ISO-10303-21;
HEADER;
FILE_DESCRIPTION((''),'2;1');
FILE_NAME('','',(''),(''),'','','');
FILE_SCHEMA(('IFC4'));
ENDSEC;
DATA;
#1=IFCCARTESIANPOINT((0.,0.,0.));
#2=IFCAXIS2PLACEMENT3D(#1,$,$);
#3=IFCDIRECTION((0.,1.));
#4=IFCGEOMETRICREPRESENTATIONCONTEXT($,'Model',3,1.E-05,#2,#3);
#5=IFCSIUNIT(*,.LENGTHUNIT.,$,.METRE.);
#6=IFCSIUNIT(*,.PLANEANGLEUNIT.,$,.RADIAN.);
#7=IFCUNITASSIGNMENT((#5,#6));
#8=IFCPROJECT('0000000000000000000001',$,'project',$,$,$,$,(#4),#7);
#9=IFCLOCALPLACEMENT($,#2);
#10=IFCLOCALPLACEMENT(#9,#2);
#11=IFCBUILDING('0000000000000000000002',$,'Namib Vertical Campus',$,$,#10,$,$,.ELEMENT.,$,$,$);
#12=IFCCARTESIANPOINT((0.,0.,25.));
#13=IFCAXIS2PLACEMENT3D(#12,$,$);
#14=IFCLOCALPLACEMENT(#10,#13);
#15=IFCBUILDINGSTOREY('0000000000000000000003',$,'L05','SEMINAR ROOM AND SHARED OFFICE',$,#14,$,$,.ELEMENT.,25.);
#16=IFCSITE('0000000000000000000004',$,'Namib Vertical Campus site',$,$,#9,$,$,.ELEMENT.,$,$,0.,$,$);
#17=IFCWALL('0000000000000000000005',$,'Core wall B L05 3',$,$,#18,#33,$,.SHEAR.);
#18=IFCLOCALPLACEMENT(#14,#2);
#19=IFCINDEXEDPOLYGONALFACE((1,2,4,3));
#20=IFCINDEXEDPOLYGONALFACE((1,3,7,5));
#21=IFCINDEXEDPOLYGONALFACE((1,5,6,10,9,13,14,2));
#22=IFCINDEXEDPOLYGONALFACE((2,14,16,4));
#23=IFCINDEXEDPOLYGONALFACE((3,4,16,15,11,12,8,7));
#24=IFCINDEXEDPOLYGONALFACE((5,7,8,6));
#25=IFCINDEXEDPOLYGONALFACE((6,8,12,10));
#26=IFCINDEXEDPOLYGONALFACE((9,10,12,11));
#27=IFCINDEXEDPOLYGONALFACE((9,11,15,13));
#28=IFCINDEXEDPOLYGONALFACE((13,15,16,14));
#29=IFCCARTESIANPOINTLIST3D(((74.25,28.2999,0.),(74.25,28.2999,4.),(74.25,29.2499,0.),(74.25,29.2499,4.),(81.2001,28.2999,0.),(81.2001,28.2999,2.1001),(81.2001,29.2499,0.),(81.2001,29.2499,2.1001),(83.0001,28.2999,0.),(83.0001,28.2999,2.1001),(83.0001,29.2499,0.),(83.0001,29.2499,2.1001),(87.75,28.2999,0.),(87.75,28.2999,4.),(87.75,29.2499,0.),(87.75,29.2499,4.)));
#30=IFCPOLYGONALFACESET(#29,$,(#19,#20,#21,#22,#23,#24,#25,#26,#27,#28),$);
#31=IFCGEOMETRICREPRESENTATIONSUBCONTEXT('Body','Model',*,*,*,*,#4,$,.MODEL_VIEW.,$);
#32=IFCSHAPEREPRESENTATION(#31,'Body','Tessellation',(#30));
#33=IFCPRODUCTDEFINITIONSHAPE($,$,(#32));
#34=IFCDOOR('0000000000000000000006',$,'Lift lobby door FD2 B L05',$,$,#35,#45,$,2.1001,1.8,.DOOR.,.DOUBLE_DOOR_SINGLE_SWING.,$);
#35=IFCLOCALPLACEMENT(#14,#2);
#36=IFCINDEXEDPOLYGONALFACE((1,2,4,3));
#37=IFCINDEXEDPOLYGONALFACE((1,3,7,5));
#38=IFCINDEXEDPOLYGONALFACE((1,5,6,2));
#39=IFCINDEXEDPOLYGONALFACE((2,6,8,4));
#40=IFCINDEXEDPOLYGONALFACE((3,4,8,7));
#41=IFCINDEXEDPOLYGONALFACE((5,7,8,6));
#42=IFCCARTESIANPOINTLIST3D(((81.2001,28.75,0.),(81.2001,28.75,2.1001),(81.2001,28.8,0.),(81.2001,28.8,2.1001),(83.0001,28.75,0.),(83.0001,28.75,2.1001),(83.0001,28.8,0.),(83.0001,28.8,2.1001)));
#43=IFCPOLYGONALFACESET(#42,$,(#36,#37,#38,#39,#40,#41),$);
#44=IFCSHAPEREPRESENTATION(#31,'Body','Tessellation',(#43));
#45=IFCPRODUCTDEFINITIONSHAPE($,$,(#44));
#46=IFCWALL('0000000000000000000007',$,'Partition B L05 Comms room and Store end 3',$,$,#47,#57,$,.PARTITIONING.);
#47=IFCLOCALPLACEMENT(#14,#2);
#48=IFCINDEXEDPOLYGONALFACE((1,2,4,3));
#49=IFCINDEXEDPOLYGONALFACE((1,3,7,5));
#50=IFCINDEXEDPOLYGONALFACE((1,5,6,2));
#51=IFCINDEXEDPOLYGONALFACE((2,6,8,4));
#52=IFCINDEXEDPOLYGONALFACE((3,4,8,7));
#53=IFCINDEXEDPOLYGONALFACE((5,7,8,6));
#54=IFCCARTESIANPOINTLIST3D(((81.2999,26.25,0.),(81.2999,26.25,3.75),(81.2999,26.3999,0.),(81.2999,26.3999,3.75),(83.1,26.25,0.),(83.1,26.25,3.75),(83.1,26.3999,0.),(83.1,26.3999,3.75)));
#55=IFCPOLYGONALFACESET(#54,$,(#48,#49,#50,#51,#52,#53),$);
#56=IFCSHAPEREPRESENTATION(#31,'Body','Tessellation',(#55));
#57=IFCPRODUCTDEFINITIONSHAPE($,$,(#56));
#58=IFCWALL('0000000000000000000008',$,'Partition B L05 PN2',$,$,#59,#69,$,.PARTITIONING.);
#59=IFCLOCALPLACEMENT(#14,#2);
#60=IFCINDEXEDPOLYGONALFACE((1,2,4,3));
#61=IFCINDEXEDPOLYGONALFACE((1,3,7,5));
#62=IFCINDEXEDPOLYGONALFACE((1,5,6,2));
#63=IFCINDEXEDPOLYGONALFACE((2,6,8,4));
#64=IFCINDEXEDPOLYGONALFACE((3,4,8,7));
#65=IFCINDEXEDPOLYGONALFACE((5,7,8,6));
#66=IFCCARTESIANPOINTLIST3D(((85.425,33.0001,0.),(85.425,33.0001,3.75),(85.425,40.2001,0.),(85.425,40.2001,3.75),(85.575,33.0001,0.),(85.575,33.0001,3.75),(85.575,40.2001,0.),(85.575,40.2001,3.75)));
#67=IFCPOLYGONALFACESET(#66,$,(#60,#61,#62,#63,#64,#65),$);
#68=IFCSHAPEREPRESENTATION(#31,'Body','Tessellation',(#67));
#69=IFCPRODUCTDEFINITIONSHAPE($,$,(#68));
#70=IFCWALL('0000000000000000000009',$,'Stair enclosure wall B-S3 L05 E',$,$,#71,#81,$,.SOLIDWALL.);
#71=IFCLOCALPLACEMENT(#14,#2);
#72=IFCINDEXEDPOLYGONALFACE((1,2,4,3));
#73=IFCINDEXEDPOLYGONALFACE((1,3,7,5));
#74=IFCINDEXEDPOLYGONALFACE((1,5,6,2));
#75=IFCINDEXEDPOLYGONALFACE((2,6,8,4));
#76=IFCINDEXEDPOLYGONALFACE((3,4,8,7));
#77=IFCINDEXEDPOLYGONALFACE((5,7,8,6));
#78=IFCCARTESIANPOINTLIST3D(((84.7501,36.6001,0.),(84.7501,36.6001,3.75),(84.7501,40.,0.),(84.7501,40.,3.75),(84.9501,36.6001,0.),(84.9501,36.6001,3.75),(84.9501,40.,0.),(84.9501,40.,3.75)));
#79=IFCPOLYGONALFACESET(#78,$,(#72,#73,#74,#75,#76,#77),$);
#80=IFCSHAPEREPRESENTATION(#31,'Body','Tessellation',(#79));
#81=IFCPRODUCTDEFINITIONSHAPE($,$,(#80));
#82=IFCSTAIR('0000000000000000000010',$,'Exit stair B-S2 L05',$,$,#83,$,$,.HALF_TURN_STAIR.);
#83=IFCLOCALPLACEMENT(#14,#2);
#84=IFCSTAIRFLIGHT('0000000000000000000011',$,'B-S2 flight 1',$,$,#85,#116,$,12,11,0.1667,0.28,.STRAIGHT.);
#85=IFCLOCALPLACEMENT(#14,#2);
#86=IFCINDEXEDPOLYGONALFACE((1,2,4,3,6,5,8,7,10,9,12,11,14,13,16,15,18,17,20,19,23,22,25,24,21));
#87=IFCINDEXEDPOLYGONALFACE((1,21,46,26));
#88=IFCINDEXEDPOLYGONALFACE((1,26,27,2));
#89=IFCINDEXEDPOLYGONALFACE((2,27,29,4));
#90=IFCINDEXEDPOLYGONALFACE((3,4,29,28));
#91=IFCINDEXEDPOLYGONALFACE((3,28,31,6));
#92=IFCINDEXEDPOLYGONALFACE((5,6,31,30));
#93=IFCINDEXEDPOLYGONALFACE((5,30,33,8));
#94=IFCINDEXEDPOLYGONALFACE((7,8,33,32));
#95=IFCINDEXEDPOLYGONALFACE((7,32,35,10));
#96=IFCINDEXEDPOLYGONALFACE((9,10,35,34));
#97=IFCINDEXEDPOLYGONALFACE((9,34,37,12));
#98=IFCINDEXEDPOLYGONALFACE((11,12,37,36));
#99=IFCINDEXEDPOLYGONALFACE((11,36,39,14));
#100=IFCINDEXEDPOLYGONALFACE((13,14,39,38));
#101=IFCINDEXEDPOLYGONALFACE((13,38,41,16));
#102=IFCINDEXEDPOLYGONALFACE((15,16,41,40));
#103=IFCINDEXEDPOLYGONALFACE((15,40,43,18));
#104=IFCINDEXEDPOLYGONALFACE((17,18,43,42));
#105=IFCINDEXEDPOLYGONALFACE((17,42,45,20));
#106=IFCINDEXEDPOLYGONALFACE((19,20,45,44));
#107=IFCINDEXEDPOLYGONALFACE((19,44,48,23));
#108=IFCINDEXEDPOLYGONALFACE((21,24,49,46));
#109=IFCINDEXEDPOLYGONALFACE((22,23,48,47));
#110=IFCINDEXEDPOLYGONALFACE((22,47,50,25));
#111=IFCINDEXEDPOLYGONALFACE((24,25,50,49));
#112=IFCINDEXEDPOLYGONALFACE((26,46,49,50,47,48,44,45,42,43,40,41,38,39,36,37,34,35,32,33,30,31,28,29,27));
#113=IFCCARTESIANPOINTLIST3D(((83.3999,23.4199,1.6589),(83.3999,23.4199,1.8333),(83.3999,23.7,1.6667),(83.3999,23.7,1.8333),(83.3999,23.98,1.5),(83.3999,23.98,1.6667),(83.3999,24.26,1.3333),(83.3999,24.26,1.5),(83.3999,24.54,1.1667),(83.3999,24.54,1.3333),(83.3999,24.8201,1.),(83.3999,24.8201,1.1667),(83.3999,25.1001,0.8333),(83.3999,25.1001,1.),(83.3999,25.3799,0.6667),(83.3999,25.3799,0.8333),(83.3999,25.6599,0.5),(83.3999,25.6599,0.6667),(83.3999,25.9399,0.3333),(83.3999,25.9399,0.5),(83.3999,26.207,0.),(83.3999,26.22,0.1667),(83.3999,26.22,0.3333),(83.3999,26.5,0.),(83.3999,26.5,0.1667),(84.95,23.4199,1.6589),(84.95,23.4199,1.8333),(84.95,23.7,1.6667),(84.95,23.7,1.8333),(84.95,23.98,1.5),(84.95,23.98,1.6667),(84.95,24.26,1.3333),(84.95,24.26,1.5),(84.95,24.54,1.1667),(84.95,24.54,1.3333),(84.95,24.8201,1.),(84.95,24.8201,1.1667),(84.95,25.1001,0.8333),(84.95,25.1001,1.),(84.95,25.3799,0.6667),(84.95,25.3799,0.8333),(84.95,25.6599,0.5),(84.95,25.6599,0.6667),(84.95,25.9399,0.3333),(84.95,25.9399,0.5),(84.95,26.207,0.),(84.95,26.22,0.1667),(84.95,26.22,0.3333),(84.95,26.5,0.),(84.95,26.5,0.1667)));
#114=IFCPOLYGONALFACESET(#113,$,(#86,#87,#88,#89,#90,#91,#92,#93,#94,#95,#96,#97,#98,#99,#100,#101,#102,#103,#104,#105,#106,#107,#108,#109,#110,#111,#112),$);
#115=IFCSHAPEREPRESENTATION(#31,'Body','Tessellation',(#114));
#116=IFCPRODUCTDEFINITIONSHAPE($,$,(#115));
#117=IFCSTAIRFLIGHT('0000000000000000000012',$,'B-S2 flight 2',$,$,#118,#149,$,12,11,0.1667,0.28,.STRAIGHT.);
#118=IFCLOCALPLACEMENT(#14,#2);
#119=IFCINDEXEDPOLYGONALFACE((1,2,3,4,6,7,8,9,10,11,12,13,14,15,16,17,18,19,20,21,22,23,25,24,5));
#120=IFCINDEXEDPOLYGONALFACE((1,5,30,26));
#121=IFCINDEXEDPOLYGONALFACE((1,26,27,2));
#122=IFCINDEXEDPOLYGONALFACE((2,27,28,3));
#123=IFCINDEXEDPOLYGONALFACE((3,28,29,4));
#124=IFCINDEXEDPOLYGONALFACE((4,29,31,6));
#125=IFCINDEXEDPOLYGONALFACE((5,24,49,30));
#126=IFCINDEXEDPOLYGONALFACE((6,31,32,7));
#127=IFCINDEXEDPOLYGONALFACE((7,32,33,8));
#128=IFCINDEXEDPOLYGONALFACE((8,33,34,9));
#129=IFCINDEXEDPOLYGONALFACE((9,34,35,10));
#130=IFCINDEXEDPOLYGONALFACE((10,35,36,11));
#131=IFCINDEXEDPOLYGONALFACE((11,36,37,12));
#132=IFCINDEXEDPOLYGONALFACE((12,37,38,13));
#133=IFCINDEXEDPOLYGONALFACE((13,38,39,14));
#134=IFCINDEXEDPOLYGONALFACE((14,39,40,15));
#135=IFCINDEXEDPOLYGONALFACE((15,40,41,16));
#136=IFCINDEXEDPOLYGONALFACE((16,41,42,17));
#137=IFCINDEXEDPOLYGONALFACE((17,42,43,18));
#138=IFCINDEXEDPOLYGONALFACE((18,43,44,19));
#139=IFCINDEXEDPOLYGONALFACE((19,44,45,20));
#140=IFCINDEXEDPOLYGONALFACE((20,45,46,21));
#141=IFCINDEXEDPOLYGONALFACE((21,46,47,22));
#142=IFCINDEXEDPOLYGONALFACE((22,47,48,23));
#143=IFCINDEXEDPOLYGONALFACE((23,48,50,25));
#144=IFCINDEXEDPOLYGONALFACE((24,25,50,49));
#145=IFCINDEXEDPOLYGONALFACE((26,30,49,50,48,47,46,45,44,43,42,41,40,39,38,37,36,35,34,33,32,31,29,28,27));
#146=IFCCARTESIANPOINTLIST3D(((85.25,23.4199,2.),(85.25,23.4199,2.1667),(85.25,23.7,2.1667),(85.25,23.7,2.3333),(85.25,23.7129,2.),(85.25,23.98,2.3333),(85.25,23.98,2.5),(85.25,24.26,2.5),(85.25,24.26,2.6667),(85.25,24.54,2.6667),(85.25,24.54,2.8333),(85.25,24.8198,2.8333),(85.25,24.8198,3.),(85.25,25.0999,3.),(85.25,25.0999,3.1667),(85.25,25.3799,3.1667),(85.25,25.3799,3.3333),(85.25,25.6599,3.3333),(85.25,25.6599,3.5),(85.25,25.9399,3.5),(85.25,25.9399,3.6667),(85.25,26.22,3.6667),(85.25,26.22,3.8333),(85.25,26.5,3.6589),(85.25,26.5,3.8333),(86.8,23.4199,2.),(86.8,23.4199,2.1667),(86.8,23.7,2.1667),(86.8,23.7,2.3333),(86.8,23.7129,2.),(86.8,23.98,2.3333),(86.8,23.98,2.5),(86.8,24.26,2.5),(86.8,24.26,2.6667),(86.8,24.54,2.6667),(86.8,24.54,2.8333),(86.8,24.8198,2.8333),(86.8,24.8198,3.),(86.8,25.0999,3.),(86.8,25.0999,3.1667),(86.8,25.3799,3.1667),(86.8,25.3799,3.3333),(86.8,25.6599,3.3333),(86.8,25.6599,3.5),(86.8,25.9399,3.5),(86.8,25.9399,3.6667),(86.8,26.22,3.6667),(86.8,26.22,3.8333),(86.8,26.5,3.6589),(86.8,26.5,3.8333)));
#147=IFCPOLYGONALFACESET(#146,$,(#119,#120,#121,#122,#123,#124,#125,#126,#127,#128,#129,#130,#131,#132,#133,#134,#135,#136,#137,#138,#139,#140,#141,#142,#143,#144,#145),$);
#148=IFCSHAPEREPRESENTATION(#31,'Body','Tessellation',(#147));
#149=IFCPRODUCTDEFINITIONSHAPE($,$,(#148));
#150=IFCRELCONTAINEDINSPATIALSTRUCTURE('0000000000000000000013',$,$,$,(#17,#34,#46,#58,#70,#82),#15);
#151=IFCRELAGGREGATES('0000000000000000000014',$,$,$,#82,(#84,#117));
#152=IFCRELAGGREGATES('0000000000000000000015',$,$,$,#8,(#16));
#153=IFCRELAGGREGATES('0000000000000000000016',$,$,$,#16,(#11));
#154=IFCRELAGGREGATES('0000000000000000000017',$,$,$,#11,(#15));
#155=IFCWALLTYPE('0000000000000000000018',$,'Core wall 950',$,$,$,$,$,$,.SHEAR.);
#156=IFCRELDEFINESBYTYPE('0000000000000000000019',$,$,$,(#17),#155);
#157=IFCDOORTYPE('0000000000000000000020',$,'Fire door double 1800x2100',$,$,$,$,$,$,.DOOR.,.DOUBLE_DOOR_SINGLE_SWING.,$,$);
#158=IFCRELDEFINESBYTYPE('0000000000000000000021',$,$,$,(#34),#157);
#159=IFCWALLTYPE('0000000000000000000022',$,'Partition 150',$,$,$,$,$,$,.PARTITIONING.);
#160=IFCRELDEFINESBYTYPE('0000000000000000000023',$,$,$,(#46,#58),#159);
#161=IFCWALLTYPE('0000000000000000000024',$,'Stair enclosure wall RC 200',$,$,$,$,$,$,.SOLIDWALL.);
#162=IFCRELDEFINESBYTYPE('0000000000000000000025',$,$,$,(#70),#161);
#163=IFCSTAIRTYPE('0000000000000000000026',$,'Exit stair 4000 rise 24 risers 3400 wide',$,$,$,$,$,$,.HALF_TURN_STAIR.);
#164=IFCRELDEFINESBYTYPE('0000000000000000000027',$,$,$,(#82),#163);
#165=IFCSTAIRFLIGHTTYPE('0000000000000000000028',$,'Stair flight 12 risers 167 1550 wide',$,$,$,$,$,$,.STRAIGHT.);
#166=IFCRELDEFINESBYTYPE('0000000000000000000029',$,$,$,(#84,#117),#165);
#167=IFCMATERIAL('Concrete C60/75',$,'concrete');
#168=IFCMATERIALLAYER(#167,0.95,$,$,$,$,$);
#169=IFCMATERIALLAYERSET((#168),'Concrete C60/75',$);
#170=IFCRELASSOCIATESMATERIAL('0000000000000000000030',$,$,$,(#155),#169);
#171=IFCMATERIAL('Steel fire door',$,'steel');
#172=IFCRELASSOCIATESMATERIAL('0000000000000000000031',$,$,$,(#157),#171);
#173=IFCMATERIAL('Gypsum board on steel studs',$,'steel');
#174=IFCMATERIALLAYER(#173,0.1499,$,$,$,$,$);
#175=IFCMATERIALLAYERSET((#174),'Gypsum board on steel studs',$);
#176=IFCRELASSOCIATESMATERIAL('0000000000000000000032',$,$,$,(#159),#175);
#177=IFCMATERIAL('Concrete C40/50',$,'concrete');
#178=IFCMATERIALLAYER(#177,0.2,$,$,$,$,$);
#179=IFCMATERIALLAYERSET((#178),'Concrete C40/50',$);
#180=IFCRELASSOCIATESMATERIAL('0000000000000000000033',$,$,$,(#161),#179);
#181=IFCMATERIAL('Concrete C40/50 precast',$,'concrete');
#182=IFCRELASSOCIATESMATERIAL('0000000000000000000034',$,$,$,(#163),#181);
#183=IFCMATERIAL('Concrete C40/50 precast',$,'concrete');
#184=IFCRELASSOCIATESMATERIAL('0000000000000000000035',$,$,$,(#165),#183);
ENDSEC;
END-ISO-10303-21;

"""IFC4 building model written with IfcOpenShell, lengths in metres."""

from ifc_helpers import new_model, si_unit, direction, frame, frame_2d, origin, place, context, subcontext, project, spatial, polyline, rectangle, outline, extrude, material, layer, layer_set, type_object, element, fill, aggregate, save


model = new_model("IFC4")

# Units and contexts
model_context = context("Model", 3, precision=1e-05, world=origin(), true_north=direction((0.0, 1.0)))
body_context = subcontext(model_context, "Body", "Model", "MODEL_VIEW")
ifc_project = project(units=[si_unit("LENGTHUNIT", "METRE"), si_unit("PLANEANGLEUNIT", "RADIAN")], contexts=[model_context])

# Site, building, storey
site_placement = place(None, origin())
site = spatial("IfcSite", under=ifc_project, at=site_placement, Name="Namib Vertical Campus site", CompositionType="ELEMENT", RefElevation=0.0)
building_placement = place(site_placement, origin())
building = spatial("IfcBuilding", under=site, at=building_placement, Name="Namib Vertical Campus", CompositionType="ELEMENT")
storey_placement = place(building_placement, frame((0.0, 0.0, 25.0)))
storey = spatial("IfcBuildingStorey", under=building, at=storey_placement, Name="L05", Description="SEMINAR ROOM AND SHARED OFFICE", CompositionType="ELEMENT", Elevation=25.0)

# Wall, opening, door
ifc_material_1 = material(Name="Concrete C60/75", Category="concrete")
ifc_layer_1 = layer(ifc_material_1, 0.95)
ifc_layer_set_1 = layer_set([ifc_layer_1], Name="Concrete C60/75")
wall_type_1 = type_object("IfcWallType", Name="Core wall 950", PredefinedType="SHEAR", material=ifc_layer_set_1)
wall_1_placement = place(storey_placement, frame((87.75, 28.7749, 0.0), z_axis=(0.0, 0.0, 1.0), x_axis=(-1.0, 0.0, 0.0)))
wall_1 = element("IfcWall", 1, at=wall_1_placement, inside=storey, type_object=wall_type_1, Name="Core wall B L05 3", PredefinedType="SHEAR", context=body_context, shape_type="SweptSolid", body=[
    extrude(rectangle(XDim=13.5, YDim=0.95, at=frame_2d((6.75, 0.0))), origin(), (0.0, 0.0, 1.0), 4.0),
])
opening_placement = place(wall_1_placement, frame((4.75, 0.0, 0.0)))
opening = element("IfcOpeningElement", 2, at=opening_placement, cuts=wall_1, PredefinedType="OPENING", context=body_context, shape_type="SweptSolid", body=[
    extrude(rectangle(XDim=1.8, YDim=2.1001, at=frame_2d((0.8999, 1.05))), frame((0.0, 0.4849, 0.0), z_axis=(0.0, -1.0, 0.0), x_axis=(1.0, 0.0, 0.0)), (0.0, 0.0, 1.0), 0.97),
])
ifc_material_2 = material(Name="Steel fire door", Category="steel")
door_type = type_object("IfcDoorType", Name="Fire door double 1800x2100", OperationType="DOUBLE_DOOR_SINGLE_SWING", PredefinedType="DOOR", material=ifc_material_2)
door_placement = place(opening_placement, origin())
door = element("IfcDoor", 3, at=door_placement, inside=storey, type_object=door_type, Name="Lift lobby door FD2 B L05", OperationType="DOUBLE_DOOR_SINGLE_SWING", OverallHeight=2.1001, OverallWidth=1.8, PredefinedType="DOOR", context=body_context, shape_type="SweptSolid", body=[
    extrude(rectangle(XDim=1.8, YDim=2.1001, at=frame_2d((0.8999, 1.05))), frame((0.0, 0.0249, 0.0), z_axis=(0.0, -1.0, 0.0), x_axis=(1.0, 0.0, 0.0)), (0.0, 0.0, 1.0), 0.05),
])
fill(opening, door)

# Walls
ifc_material_3 = material(Name="Gypsum board on steel studs", Category="steel")
ifc_layer_2 = layer(ifc_material_3, 0.1499)
ifc_layer_set_2 = layer_set([ifc_layer_2], Name="Gypsum board on steel studs")
wall_type_2 = type_object("IfcWallType", Name="Partition 150", PredefinedType="PARTITIONING", material=ifc_layer_set_2)
wall_2_placement = place(storey_placement, frame((81.3, 26.325, 0.0), z_axis=(0.0, 0.0, 1.0), x_axis=(1.0, 0.0, 0.0)))
element("IfcWall", 4, at=wall_2_placement, inside=storey, type_object=wall_type_2, Name="Partition B L05 Comms room and Store end 3", PredefinedType="PARTITIONING", context=body_context, shape_type="SweptSolid", body=[
    extrude(rectangle(XDim=1.8, YDim=0.1499, at=frame_2d((0.8999, 0.0))), origin(), (0.0, 0.0, 1.0), 3.75),
])
wall_3_placement = place(storey_placement, frame((85.5, 33.0, 0.0), z_axis=(0.0, 0.0, 1.0), x_axis=(0.0, 1.0, 0.0)))
element("IfcWall", 5, at=wall_3_placement, inside=storey, type_object=wall_type_2, Name="Partition B L05 PN2", PredefinedType="PARTITIONING", context=body_context, shape_type="SweptSolid", body=[
    extrude(rectangle(XDim=7.2, YDim=0.1499, at=frame_2d((3.6001, 0.0))), origin(), (0.0, 0.0, 1.0), 3.75),
])
ifc_material_4 = material(Name="Concrete C40/50", Category="concrete")
ifc_layer_3 = layer(ifc_material_4, 0.2)
ifc_layer_set_3 = layer_set([ifc_layer_3], Name="Concrete C40/50")
wall_type_3 = type_object("IfcWallType", Name="Stair enclosure wall RC 200", PredefinedType="SOLIDWALL", material=ifc_layer_set_3)
wall_4_placement = place(storey_placement, frame((84.8501, 36.6001, 0.0), z_axis=(0.0, 0.0, 1.0), x_axis=(0.0, 1.0, 0.0)))
element("IfcWall", 6, at=wall_4_placement, inside=storey, type_object=wall_type_3, Name="Stair enclosure wall B-S3 L05 E", PredefinedType="SOLIDWALL", context=body_context, shape_type="SweptSolid", body=[
    extrude(rectangle(XDim=3.3999, YDim=0.2, at=frame_2d((1.7, 0.0))), origin(), (0.0, 0.0, 1.0), 3.75),
])

# Stair, stair flights
ifc_material_5 = material(Name="Concrete C40/50 precast", Category="concrete")
stair_type = type_object("IfcStairType", Name="Exit stair 4000 rise 24 risers 3400 wide", PredefinedType="HALF_TURN_STAIR", material=ifc_material_5)
stair_1_placement = place(storey_placement, origin())
stair_1 = element("IfcStair", 7, at=stair_1_placement, inside=storey, type_object=stair_type, Name="Exit stair B-S2 L05", PredefinedType="HALF_TURN_STAIR")
ifc_material_6 = material(Name="Concrete C40/50 precast", Category="concrete")
stair_flight_type = type_object("IfcStairFlightType", Name="Stair flight 12 risers 167 1550 wide", PredefinedType="STRAIGHT", material=ifc_material_6)
stair_flight_1_placement = place(storey_placement, frame((84.175, 26.5, 0.0), z_axis=(0.0, 0.0, 1.0), x_axis=(0.0, -1.0, 0.0)))
stair_flight_1 = element("IfcStairFlight", 8, at=stair_flight_1_placement, type_object=stair_flight_type, Name="B-S2 flight 1", NumberOfRisers=12, NumberOfTreads=11, PredefinedType="STRAIGHT", RiserHeight=0.1667, TreadLength=0.28, context=body_context, shape_type="SweptSolid", body=[
    extrude(outline(polyline([(0.0, 0.0), (0.0, 0.1667), (0.28, 0.1667), (0.28, 0.3333), (0.5601, 0.3333), (0.5601, 0.5), (0.8401, 0.5), (0.8401, 0.6667), (1.1201, 0.6667), (1.1201, 0.8333), (1.3999, 0.8333), (1.3999, 1.0), (1.6799, 1.0), (1.6799, 1.1667), (1.96, 1.1667), (1.96, 1.3333), (2.24, 1.3333), (2.24, 1.5), (2.52, 1.5), (2.52, 1.6667), (2.8, 1.6667), (2.8, 1.8333), (3.0801, 1.8333), (3.0801, 2.0), (3.0801, 1.6589), (0.293, 0.0), (0.0, 0.0)])), frame((0.0, 0.7749, 0.0), z_axis=(0.0, -1.0, 0.0), x_axis=(1.0, 0.0, 0.0)), (0.0, 0.0, 1.0), 1.55),
])
stair_flight_2_placement = place(storey_placement, frame((86.0249, 23.4199, 2.0), z_axis=(0.0, 0.0, 1.0), x_axis=(0.0, 1.0, 0.0)))
stair_flight_2 = element("IfcStairFlight", 9, at=stair_flight_2_placement, type_object=stair_flight_type, Name="B-S2 flight 2", NumberOfRisers=12, NumberOfTreads=11, PredefinedType="STRAIGHT", RiserHeight=0.1667, TreadLength=0.28, context=body_context, shape_type="SweptSolid", body=[
    extrude(outline(polyline([(0.0, 0.0), (0.0, 0.1667), (0.28, 0.1667), (0.28, 0.3333), (0.5601, 0.3333), (0.5601, 0.5), (0.8401, 0.5), (0.8401, 0.6667), (1.1201, 0.6667), (1.1201, 0.8333), (1.3999, 0.8333), (1.3999, 1.0), (1.6799, 1.0), (1.6799, 1.1667), (1.96, 1.1667), (1.96, 1.3333), (2.24, 1.3333), (2.24, 1.5), (2.52, 1.5), (2.52, 1.6667), (2.8, 1.6667), (2.8, 1.8333), (3.0801, 1.8333), (3.0801, 2.0), (3.0801, 1.6589), (0.293, 0.0), (0.0, 0.0)])), frame((0.0, 0.7749, 0.0), z_axis=(0.0, -1.0, 0.0), x_axis=(1.0, 0.0, 0.0)), (0.0, 0.0, 1.0), 1.55),
])
aggregate(stair_1, [stair_flight_1, stair_flight_2])

save(model, "model.ifc")
